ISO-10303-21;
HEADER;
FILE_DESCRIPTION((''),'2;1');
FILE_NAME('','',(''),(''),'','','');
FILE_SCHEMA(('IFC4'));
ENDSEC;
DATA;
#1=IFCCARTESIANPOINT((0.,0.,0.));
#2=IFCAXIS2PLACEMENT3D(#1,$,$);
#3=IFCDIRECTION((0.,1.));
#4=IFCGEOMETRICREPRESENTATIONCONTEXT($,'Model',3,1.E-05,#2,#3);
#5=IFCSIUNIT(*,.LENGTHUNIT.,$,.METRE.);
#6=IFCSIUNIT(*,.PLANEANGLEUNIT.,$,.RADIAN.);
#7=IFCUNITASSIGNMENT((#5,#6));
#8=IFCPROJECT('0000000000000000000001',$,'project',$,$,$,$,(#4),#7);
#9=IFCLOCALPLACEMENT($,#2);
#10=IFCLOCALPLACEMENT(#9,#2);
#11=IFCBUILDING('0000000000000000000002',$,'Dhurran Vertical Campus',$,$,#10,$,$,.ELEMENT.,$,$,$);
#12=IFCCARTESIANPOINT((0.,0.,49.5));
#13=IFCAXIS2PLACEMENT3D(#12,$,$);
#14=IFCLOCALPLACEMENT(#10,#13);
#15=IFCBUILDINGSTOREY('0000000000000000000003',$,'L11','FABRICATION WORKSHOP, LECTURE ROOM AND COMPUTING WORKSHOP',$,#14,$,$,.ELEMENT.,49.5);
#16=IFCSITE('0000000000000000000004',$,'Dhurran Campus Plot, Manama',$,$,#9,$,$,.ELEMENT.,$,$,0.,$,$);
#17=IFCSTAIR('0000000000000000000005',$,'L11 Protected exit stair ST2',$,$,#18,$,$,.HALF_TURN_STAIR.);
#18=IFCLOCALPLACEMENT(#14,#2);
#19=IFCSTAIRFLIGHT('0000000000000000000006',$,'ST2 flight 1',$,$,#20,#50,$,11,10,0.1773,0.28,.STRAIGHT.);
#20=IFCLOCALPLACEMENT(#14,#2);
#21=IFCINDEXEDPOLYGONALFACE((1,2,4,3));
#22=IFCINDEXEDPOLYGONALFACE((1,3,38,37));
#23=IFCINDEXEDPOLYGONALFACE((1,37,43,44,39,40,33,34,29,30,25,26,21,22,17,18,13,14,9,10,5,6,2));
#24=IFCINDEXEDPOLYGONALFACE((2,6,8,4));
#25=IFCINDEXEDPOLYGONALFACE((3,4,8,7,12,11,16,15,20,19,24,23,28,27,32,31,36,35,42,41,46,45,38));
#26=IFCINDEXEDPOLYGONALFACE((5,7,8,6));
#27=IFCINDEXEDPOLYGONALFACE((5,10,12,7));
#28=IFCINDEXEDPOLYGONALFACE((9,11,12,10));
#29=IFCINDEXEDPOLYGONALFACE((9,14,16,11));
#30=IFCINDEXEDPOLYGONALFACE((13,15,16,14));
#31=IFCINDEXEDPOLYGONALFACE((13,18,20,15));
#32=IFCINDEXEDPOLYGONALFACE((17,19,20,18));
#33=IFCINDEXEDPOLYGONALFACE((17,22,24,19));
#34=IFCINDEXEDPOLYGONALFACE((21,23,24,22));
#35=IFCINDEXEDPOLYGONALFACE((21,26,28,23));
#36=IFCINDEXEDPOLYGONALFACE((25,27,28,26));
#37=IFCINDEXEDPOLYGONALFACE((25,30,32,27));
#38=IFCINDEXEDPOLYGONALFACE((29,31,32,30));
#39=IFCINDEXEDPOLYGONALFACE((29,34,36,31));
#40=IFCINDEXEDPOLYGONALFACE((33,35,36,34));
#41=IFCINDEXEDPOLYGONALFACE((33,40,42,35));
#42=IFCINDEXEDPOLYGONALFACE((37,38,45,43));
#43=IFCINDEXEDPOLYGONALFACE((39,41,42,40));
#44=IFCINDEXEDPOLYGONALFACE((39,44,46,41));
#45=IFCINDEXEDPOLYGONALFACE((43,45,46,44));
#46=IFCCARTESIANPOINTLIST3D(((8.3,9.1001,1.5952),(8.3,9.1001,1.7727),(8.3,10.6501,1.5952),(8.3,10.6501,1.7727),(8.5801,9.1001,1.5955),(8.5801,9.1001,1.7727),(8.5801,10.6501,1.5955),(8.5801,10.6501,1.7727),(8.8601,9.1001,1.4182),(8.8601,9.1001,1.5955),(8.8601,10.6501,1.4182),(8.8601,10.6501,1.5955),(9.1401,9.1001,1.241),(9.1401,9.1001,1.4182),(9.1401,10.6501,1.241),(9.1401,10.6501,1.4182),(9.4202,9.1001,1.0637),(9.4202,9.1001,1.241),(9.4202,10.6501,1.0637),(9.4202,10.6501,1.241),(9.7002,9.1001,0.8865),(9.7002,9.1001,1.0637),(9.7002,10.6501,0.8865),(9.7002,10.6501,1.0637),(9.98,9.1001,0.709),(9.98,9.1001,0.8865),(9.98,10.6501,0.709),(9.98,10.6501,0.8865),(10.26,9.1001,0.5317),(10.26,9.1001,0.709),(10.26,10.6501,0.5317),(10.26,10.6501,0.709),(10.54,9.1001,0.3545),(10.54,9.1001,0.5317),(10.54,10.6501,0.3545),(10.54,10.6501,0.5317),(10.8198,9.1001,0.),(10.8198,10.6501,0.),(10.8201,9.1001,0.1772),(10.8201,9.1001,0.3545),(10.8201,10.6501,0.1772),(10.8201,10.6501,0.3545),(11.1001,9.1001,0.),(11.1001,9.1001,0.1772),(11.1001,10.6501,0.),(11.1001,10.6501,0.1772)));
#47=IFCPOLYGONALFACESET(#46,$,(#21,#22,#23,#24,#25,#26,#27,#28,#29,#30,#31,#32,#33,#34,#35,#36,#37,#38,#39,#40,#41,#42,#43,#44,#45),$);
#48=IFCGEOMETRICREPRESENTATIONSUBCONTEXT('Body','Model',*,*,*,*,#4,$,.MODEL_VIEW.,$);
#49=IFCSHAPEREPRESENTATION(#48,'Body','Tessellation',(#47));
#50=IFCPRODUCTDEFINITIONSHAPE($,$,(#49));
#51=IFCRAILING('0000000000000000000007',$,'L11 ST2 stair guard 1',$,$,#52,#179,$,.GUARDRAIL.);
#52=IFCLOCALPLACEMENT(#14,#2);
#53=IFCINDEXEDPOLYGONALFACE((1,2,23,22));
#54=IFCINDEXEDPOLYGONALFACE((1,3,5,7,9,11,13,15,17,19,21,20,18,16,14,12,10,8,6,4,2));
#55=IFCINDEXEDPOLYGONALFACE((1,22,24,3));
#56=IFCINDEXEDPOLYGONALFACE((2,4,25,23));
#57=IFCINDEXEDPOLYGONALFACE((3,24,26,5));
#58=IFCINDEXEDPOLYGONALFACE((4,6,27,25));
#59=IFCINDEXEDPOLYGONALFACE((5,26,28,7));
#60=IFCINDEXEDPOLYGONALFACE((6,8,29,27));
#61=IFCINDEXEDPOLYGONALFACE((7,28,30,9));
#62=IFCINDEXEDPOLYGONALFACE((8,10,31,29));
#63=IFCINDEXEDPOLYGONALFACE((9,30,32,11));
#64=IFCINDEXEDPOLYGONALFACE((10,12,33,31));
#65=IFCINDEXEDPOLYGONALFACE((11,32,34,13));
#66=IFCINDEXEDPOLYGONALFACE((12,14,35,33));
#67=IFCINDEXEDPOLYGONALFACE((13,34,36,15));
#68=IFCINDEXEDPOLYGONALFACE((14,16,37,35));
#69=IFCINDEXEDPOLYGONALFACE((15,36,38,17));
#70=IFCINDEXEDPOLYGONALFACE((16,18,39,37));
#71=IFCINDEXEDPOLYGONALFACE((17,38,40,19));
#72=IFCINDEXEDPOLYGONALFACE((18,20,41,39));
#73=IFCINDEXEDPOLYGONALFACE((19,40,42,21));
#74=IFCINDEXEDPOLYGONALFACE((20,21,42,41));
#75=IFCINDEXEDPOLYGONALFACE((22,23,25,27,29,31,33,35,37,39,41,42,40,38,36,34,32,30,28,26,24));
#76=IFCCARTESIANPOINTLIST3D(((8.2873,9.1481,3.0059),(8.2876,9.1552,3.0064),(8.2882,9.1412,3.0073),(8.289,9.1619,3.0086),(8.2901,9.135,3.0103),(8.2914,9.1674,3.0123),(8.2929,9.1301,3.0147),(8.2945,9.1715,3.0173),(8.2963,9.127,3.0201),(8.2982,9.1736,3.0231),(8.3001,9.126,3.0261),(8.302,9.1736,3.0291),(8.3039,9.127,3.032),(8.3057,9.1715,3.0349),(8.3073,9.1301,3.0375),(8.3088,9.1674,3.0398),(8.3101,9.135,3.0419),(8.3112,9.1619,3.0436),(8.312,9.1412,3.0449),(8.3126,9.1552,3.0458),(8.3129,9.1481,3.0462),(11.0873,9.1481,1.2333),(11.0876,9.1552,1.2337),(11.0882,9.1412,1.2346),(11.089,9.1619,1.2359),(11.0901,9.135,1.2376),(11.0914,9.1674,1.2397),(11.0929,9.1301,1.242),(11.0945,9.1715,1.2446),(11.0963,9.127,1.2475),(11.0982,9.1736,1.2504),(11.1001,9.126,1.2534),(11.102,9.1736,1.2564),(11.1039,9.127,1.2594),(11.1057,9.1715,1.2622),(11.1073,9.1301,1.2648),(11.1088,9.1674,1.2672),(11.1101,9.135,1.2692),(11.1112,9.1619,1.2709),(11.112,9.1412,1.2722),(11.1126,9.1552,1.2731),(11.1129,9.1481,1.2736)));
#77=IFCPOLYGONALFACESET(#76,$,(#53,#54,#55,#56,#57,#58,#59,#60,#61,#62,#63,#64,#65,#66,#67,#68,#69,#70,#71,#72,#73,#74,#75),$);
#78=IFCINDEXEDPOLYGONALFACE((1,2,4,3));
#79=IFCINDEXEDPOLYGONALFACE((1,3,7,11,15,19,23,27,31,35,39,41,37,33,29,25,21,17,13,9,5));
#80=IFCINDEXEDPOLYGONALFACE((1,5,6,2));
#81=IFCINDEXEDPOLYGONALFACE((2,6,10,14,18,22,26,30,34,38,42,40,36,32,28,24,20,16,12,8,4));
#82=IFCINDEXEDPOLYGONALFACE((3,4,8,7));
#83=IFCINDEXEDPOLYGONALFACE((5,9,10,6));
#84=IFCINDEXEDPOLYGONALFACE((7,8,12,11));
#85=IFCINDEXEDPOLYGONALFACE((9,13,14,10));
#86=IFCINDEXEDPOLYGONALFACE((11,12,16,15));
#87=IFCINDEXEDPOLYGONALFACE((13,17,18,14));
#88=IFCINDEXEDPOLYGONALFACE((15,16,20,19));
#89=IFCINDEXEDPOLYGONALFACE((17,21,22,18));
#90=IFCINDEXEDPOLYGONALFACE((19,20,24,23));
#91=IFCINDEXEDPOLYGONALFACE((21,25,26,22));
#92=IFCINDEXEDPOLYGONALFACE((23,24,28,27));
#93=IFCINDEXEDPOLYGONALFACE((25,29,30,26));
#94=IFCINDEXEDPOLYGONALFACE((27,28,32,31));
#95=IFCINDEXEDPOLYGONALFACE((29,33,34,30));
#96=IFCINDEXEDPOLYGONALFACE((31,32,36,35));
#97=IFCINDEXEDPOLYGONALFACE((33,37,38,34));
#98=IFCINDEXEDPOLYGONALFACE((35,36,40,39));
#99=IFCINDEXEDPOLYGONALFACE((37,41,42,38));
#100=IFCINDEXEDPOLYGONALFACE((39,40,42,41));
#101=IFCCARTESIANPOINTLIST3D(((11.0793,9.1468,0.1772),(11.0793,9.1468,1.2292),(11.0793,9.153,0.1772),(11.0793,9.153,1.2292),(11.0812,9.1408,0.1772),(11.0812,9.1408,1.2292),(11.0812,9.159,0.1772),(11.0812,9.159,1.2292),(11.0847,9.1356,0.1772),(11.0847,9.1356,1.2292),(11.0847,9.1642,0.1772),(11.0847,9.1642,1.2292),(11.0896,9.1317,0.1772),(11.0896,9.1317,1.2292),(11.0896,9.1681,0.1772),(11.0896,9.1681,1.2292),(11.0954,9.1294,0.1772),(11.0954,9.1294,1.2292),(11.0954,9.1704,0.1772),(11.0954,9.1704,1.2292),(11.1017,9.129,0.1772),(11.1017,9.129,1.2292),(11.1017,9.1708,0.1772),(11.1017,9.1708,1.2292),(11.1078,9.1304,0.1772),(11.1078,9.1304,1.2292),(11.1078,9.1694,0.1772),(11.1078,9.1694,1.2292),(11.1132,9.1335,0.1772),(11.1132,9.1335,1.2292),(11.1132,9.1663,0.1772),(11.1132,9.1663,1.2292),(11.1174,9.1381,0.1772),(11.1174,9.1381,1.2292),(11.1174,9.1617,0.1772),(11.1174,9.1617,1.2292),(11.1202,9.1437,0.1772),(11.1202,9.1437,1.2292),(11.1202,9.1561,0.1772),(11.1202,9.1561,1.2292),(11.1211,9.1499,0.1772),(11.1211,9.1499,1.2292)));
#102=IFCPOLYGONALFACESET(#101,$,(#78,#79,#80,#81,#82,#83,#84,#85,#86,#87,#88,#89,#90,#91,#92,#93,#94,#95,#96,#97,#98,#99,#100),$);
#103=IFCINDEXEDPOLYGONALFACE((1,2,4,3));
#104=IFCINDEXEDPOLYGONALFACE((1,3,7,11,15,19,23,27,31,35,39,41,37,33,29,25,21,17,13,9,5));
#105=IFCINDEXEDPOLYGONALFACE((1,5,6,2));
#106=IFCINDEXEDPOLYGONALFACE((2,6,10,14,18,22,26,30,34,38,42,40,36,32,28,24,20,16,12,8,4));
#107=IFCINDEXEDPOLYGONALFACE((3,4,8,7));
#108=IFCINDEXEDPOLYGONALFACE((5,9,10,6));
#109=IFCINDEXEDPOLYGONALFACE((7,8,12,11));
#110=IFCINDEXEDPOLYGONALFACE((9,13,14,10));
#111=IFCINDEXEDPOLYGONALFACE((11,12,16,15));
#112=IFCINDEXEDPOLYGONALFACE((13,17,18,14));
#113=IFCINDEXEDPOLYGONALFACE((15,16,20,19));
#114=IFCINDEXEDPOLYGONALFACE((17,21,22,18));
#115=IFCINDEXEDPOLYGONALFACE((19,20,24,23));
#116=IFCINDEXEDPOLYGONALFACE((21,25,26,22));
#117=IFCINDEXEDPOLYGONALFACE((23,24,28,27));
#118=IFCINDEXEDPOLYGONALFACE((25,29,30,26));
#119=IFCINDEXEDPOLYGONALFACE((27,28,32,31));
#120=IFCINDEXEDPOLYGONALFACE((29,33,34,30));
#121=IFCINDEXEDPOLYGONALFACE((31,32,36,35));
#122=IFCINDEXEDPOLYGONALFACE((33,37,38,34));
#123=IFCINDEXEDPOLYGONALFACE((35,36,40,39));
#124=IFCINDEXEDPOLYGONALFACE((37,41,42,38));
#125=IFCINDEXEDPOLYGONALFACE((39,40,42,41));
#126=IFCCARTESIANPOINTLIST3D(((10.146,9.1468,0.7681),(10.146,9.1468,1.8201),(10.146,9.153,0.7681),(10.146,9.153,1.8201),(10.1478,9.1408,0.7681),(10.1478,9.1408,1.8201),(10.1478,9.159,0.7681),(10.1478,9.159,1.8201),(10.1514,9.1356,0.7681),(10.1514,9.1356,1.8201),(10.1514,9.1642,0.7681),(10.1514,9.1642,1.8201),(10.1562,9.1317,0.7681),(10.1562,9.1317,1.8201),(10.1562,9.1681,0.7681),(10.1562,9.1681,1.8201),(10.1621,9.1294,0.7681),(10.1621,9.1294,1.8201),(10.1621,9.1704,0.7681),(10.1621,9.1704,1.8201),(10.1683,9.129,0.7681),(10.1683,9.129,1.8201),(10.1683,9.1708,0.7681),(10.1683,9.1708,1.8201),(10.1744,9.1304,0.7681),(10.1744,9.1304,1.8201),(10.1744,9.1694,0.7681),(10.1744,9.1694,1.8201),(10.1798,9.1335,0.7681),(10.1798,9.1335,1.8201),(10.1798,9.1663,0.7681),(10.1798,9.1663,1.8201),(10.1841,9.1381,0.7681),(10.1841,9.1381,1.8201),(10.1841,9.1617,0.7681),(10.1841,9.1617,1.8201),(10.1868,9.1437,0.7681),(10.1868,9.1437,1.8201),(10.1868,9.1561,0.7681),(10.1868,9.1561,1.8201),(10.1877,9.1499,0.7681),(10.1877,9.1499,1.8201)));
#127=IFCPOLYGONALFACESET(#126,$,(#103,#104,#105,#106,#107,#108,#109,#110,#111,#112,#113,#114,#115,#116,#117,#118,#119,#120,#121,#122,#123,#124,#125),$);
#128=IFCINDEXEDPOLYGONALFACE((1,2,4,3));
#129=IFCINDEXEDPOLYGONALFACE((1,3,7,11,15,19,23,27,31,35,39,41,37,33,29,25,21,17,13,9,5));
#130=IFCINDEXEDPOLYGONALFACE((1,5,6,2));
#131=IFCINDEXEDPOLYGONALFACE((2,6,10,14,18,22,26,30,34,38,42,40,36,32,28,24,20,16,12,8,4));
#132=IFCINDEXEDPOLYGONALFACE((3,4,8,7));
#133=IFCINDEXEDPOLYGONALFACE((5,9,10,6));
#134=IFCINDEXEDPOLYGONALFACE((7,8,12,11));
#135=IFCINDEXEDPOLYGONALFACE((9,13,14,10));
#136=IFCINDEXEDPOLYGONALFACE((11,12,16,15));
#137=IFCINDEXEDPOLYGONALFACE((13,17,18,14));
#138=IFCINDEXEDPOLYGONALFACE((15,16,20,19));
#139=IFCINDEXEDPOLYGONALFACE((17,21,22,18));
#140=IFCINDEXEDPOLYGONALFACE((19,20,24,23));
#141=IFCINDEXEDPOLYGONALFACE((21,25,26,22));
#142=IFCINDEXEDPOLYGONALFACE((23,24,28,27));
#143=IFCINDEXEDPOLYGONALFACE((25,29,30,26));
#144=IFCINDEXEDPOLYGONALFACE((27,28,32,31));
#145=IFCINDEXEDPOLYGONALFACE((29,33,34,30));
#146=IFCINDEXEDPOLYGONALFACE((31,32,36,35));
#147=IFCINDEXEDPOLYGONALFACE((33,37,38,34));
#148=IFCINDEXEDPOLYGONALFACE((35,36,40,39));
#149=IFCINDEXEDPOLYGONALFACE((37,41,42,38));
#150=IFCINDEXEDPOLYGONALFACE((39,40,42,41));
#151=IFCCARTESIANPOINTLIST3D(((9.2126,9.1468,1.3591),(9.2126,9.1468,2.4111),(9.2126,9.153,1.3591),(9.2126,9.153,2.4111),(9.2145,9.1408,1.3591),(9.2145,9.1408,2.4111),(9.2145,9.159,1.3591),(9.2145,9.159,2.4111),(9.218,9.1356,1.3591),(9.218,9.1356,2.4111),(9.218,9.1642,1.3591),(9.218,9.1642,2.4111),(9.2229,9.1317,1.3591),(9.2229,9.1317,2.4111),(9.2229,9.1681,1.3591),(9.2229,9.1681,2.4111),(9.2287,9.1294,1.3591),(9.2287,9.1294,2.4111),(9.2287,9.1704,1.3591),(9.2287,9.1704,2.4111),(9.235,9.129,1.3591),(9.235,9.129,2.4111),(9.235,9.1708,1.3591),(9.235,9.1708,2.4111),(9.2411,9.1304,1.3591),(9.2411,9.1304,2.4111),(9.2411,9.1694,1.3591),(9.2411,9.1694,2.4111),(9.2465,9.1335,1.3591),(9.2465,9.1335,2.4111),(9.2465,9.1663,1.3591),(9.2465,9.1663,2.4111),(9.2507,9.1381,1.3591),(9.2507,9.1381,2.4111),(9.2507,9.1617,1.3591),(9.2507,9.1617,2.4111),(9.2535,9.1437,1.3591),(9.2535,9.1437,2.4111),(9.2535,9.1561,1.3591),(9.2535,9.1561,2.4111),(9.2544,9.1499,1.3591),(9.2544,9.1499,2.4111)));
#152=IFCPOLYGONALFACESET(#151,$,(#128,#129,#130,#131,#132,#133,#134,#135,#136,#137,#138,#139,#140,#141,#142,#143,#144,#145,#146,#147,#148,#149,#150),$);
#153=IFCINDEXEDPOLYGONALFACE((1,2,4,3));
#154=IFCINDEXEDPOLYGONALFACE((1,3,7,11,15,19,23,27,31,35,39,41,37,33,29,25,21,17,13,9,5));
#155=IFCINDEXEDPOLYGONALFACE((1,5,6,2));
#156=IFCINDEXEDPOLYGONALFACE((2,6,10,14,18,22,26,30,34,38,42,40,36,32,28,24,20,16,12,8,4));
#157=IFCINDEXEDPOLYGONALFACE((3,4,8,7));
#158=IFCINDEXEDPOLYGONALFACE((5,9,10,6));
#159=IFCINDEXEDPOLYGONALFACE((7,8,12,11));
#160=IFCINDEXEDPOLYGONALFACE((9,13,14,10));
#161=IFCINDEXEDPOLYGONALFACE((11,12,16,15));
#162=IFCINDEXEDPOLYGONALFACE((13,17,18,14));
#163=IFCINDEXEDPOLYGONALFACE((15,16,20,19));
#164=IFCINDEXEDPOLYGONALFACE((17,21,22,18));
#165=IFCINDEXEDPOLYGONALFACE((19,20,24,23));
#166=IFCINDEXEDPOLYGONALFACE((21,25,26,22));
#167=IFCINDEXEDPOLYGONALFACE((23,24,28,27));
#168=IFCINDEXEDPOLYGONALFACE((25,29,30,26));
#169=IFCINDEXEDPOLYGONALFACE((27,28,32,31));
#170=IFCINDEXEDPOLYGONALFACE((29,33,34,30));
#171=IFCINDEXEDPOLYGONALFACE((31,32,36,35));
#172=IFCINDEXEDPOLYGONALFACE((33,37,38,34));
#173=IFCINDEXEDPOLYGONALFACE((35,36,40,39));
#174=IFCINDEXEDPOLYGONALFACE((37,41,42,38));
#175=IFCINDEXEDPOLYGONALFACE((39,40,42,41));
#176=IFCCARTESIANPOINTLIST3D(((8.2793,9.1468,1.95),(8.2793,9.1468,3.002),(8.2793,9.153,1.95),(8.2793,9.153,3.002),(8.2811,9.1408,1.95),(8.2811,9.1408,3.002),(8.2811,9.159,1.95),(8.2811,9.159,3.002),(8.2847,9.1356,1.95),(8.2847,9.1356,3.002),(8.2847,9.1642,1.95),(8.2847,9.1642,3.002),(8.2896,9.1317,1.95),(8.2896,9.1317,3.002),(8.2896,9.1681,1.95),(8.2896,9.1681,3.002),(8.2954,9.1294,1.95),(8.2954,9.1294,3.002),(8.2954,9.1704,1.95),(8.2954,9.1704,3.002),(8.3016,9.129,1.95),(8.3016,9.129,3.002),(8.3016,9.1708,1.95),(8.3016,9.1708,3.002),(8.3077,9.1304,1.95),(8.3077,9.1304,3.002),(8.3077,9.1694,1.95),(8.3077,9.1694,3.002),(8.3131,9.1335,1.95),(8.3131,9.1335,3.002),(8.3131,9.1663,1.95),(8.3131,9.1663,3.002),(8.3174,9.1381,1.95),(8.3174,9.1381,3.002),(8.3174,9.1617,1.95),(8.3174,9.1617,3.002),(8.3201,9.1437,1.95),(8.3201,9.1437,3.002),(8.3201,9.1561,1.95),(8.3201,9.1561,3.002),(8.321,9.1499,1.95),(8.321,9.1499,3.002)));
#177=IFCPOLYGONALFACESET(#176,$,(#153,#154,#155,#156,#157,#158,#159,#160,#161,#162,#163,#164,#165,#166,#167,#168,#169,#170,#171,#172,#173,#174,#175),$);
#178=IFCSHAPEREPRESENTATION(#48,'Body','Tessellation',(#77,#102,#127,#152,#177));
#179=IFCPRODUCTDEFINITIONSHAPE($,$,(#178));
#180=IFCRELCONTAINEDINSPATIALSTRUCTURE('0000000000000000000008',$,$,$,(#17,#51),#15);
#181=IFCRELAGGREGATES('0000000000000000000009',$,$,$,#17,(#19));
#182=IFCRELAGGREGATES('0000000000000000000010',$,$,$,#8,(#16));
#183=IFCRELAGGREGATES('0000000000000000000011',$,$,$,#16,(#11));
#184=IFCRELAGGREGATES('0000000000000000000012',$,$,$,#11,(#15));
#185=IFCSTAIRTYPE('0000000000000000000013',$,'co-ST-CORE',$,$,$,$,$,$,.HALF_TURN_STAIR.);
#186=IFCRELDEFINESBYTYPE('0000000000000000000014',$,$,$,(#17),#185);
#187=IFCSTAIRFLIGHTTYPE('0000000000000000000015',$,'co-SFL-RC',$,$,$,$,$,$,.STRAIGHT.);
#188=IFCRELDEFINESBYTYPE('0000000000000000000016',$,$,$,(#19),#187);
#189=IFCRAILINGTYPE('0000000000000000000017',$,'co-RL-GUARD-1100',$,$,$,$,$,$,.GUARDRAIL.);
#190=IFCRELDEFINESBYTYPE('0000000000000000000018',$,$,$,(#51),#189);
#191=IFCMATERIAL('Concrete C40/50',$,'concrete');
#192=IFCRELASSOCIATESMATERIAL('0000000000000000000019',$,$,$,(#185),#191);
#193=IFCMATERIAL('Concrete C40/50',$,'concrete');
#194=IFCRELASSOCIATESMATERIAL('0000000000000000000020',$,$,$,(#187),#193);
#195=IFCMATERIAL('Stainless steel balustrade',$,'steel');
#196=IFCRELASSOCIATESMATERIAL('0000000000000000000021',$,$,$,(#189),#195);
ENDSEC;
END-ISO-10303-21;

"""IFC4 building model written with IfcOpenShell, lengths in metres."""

from ifc_helpers import new_model, si_unit, direction, frame, origin, origin_2d, place, context, subcontext, project, spatial, polyline, circle, outline, extrude, material, type_object, element, aggregate, save


model = new_model("IFC4")

# Units and contexts
model_context = context("Model", 3, precision=1e-05, world=origin(), true_north=direction((0.0, 1.0)))
body_context = subcontext(model_context, "Body", "Model", "MODEL_VIEW")
ifc_project = project(units=[si_unit("LENGTHUNIT", "METRE"), si_unit("PLANEANGLEUNIT", "RADIAN")], contexts=[model_context])

# Site, building, storey
site_placement = place(None, origin())
site = spatial("IfcSite", under=ifc_project, at=site_placement, Name="Dhurran Campus Plot, Manama", CompositionType="ELEMENT", RefElevation=0.0)
building_placement = place(site_placement, origin())
building = spatial("IfcBuilding", under=site, at=building_placement, Name="Dhurran Vertical Campus", CompositionType="ELEMENT")
storey_placement = place(building_placement, frame((0.0, 0.0, 49.5)))
storey = spatial("IfcBuildingStorey", under=building, at=storey_placement, Name="L11", Description="FABRICATION WORKSHOP, LECTURE ROOM AND COMPUTING WORKSHOP", CompositionType="ELEMENT", Elevation=49.5)

# Stair, stair flight
ifc_material_1 = material(Name="Concrete C40/50", Category="concrete")
stair_type = type_object("IfcStairType", Name="co-ST-CORE", PredefinedType="HALF_TURN_STAIR", material=ifc_material_1)
stair_placement = place(storey_placement, origin())
stair = element("IfcStair", 1, at=stair_placement, inside=storey, type_object=stair_type, Name="L11 Protected exit stair ST2", PredefinedType="HALF_TURN_STAIR")
ifc_material_2 = material(Name="Concrete C40/50", Category="concrete")
stair_flight_type = type_object("IfcStairFlightType", Name="co-SFL-RC", PredefinedType="STRAIGHT", material=ifc_material_2)
stair_flight_placement = place(storey_placement, frame((11.1001, 9.875, 0.0), z_axis=(0.0, 0.0, 1.0), x_axis=(-1.0, 0.0, 0.0)))
stair_flight = element("IfcStairFlight", 2, at=stair_flight_placement, type_object=stair_flight_type, Name="ST2 flight 1", NumberOfRisers=11, NumberOfTreads=10, PredefinedType="STRAIGHT", RiserHeight=0.1773, TreadLength=0.28, context=body_context, shape_type="SweptSolid", body=[
    extrude(outline(polyline([(0.0, 0.0), (0.0, 0.1772), (0.28, 0.1772), (0.28, 0.3545), (0.5601, 0.3545), (0.5601, 0.5317), (0.8401, 0.5317), (0.8401, 0.709), (1.1201, 0.709), (1.1201, 0.8865), (1.3999, 0.8865), (1.3999, 1.0637), (1.6799, 1.0637), (1.6799, 1.241), (1.96, 1.241), (1.96, 1.4182), (2.24, 1.4182), (2.24, 1.5955), (2.52, 1.5955), (2.52, 1.7727), (2.8, 1.7727), (2.8, 1.95), (2.8, 1.5952), (0.2803, 0.0), (0.0, 0.0)])), frame((0.0, 0.7749, 0.0), z_axis=(0.0, -1.0, 0.0), x_axis=(1.0, 0.0, 0.0)), (0.0, 0.0, 1.0), 1.55),
])
aggregate(stair, [stair_flight])

# Railing
ifc_material_3 = material(Name="Stainless steel balustrade", Category="steel")
railing_type_1 = type_object("IfcRailingType", Name="co-RL-GUARD-1100", PredefinedType="GUARDRAIL", material=ifc_material_3)
railing_1_placement = place(storey_placement, frame((11.1001, 9.1499, 0.1772)))
element("IfcRailing", 3, at=railing_1_placement, inside=storey, type_object=railing_type_1, Name="L11 ST2 stair guard 1", PredefinedType="GUARDRAIL", context=body_context, shape_type="SweptSolid", body=[
    extrude(circle(Radius=0.0239, at=origin_2d()), frame((0.0, 0.0, 1.0762), z_axis=(-0.844909, 0.0, 0.53491), x_axis=(0.0, -1.0, 0.0)), (0.0, 0.0, 1.0), 3.314),
    extrude(circle(Radius=0.021, at=origin_2d()), origin(), (0.0, 0.0, 1.0), 1.052),
    extrude(circle(Radius=0.021, at=origin_2d()), frame((-0.9333, 0.0, 0.5908)), (0.0, 0.0, 1.0), 1.052),
    extrude(circle(Radius=0.021, at=origin_2d()), frame((-1.8667, 0.0, 1.1819)), (0.0, 0.0, 1.0), 1.052),
    extrude(circle(Radius=0.021, at=origin_2d()), frame((-2.8, 0.0, 1.7727)), (0.0, 0.0, 1.0), 1.052),
])

save(model, "model.ifc")
